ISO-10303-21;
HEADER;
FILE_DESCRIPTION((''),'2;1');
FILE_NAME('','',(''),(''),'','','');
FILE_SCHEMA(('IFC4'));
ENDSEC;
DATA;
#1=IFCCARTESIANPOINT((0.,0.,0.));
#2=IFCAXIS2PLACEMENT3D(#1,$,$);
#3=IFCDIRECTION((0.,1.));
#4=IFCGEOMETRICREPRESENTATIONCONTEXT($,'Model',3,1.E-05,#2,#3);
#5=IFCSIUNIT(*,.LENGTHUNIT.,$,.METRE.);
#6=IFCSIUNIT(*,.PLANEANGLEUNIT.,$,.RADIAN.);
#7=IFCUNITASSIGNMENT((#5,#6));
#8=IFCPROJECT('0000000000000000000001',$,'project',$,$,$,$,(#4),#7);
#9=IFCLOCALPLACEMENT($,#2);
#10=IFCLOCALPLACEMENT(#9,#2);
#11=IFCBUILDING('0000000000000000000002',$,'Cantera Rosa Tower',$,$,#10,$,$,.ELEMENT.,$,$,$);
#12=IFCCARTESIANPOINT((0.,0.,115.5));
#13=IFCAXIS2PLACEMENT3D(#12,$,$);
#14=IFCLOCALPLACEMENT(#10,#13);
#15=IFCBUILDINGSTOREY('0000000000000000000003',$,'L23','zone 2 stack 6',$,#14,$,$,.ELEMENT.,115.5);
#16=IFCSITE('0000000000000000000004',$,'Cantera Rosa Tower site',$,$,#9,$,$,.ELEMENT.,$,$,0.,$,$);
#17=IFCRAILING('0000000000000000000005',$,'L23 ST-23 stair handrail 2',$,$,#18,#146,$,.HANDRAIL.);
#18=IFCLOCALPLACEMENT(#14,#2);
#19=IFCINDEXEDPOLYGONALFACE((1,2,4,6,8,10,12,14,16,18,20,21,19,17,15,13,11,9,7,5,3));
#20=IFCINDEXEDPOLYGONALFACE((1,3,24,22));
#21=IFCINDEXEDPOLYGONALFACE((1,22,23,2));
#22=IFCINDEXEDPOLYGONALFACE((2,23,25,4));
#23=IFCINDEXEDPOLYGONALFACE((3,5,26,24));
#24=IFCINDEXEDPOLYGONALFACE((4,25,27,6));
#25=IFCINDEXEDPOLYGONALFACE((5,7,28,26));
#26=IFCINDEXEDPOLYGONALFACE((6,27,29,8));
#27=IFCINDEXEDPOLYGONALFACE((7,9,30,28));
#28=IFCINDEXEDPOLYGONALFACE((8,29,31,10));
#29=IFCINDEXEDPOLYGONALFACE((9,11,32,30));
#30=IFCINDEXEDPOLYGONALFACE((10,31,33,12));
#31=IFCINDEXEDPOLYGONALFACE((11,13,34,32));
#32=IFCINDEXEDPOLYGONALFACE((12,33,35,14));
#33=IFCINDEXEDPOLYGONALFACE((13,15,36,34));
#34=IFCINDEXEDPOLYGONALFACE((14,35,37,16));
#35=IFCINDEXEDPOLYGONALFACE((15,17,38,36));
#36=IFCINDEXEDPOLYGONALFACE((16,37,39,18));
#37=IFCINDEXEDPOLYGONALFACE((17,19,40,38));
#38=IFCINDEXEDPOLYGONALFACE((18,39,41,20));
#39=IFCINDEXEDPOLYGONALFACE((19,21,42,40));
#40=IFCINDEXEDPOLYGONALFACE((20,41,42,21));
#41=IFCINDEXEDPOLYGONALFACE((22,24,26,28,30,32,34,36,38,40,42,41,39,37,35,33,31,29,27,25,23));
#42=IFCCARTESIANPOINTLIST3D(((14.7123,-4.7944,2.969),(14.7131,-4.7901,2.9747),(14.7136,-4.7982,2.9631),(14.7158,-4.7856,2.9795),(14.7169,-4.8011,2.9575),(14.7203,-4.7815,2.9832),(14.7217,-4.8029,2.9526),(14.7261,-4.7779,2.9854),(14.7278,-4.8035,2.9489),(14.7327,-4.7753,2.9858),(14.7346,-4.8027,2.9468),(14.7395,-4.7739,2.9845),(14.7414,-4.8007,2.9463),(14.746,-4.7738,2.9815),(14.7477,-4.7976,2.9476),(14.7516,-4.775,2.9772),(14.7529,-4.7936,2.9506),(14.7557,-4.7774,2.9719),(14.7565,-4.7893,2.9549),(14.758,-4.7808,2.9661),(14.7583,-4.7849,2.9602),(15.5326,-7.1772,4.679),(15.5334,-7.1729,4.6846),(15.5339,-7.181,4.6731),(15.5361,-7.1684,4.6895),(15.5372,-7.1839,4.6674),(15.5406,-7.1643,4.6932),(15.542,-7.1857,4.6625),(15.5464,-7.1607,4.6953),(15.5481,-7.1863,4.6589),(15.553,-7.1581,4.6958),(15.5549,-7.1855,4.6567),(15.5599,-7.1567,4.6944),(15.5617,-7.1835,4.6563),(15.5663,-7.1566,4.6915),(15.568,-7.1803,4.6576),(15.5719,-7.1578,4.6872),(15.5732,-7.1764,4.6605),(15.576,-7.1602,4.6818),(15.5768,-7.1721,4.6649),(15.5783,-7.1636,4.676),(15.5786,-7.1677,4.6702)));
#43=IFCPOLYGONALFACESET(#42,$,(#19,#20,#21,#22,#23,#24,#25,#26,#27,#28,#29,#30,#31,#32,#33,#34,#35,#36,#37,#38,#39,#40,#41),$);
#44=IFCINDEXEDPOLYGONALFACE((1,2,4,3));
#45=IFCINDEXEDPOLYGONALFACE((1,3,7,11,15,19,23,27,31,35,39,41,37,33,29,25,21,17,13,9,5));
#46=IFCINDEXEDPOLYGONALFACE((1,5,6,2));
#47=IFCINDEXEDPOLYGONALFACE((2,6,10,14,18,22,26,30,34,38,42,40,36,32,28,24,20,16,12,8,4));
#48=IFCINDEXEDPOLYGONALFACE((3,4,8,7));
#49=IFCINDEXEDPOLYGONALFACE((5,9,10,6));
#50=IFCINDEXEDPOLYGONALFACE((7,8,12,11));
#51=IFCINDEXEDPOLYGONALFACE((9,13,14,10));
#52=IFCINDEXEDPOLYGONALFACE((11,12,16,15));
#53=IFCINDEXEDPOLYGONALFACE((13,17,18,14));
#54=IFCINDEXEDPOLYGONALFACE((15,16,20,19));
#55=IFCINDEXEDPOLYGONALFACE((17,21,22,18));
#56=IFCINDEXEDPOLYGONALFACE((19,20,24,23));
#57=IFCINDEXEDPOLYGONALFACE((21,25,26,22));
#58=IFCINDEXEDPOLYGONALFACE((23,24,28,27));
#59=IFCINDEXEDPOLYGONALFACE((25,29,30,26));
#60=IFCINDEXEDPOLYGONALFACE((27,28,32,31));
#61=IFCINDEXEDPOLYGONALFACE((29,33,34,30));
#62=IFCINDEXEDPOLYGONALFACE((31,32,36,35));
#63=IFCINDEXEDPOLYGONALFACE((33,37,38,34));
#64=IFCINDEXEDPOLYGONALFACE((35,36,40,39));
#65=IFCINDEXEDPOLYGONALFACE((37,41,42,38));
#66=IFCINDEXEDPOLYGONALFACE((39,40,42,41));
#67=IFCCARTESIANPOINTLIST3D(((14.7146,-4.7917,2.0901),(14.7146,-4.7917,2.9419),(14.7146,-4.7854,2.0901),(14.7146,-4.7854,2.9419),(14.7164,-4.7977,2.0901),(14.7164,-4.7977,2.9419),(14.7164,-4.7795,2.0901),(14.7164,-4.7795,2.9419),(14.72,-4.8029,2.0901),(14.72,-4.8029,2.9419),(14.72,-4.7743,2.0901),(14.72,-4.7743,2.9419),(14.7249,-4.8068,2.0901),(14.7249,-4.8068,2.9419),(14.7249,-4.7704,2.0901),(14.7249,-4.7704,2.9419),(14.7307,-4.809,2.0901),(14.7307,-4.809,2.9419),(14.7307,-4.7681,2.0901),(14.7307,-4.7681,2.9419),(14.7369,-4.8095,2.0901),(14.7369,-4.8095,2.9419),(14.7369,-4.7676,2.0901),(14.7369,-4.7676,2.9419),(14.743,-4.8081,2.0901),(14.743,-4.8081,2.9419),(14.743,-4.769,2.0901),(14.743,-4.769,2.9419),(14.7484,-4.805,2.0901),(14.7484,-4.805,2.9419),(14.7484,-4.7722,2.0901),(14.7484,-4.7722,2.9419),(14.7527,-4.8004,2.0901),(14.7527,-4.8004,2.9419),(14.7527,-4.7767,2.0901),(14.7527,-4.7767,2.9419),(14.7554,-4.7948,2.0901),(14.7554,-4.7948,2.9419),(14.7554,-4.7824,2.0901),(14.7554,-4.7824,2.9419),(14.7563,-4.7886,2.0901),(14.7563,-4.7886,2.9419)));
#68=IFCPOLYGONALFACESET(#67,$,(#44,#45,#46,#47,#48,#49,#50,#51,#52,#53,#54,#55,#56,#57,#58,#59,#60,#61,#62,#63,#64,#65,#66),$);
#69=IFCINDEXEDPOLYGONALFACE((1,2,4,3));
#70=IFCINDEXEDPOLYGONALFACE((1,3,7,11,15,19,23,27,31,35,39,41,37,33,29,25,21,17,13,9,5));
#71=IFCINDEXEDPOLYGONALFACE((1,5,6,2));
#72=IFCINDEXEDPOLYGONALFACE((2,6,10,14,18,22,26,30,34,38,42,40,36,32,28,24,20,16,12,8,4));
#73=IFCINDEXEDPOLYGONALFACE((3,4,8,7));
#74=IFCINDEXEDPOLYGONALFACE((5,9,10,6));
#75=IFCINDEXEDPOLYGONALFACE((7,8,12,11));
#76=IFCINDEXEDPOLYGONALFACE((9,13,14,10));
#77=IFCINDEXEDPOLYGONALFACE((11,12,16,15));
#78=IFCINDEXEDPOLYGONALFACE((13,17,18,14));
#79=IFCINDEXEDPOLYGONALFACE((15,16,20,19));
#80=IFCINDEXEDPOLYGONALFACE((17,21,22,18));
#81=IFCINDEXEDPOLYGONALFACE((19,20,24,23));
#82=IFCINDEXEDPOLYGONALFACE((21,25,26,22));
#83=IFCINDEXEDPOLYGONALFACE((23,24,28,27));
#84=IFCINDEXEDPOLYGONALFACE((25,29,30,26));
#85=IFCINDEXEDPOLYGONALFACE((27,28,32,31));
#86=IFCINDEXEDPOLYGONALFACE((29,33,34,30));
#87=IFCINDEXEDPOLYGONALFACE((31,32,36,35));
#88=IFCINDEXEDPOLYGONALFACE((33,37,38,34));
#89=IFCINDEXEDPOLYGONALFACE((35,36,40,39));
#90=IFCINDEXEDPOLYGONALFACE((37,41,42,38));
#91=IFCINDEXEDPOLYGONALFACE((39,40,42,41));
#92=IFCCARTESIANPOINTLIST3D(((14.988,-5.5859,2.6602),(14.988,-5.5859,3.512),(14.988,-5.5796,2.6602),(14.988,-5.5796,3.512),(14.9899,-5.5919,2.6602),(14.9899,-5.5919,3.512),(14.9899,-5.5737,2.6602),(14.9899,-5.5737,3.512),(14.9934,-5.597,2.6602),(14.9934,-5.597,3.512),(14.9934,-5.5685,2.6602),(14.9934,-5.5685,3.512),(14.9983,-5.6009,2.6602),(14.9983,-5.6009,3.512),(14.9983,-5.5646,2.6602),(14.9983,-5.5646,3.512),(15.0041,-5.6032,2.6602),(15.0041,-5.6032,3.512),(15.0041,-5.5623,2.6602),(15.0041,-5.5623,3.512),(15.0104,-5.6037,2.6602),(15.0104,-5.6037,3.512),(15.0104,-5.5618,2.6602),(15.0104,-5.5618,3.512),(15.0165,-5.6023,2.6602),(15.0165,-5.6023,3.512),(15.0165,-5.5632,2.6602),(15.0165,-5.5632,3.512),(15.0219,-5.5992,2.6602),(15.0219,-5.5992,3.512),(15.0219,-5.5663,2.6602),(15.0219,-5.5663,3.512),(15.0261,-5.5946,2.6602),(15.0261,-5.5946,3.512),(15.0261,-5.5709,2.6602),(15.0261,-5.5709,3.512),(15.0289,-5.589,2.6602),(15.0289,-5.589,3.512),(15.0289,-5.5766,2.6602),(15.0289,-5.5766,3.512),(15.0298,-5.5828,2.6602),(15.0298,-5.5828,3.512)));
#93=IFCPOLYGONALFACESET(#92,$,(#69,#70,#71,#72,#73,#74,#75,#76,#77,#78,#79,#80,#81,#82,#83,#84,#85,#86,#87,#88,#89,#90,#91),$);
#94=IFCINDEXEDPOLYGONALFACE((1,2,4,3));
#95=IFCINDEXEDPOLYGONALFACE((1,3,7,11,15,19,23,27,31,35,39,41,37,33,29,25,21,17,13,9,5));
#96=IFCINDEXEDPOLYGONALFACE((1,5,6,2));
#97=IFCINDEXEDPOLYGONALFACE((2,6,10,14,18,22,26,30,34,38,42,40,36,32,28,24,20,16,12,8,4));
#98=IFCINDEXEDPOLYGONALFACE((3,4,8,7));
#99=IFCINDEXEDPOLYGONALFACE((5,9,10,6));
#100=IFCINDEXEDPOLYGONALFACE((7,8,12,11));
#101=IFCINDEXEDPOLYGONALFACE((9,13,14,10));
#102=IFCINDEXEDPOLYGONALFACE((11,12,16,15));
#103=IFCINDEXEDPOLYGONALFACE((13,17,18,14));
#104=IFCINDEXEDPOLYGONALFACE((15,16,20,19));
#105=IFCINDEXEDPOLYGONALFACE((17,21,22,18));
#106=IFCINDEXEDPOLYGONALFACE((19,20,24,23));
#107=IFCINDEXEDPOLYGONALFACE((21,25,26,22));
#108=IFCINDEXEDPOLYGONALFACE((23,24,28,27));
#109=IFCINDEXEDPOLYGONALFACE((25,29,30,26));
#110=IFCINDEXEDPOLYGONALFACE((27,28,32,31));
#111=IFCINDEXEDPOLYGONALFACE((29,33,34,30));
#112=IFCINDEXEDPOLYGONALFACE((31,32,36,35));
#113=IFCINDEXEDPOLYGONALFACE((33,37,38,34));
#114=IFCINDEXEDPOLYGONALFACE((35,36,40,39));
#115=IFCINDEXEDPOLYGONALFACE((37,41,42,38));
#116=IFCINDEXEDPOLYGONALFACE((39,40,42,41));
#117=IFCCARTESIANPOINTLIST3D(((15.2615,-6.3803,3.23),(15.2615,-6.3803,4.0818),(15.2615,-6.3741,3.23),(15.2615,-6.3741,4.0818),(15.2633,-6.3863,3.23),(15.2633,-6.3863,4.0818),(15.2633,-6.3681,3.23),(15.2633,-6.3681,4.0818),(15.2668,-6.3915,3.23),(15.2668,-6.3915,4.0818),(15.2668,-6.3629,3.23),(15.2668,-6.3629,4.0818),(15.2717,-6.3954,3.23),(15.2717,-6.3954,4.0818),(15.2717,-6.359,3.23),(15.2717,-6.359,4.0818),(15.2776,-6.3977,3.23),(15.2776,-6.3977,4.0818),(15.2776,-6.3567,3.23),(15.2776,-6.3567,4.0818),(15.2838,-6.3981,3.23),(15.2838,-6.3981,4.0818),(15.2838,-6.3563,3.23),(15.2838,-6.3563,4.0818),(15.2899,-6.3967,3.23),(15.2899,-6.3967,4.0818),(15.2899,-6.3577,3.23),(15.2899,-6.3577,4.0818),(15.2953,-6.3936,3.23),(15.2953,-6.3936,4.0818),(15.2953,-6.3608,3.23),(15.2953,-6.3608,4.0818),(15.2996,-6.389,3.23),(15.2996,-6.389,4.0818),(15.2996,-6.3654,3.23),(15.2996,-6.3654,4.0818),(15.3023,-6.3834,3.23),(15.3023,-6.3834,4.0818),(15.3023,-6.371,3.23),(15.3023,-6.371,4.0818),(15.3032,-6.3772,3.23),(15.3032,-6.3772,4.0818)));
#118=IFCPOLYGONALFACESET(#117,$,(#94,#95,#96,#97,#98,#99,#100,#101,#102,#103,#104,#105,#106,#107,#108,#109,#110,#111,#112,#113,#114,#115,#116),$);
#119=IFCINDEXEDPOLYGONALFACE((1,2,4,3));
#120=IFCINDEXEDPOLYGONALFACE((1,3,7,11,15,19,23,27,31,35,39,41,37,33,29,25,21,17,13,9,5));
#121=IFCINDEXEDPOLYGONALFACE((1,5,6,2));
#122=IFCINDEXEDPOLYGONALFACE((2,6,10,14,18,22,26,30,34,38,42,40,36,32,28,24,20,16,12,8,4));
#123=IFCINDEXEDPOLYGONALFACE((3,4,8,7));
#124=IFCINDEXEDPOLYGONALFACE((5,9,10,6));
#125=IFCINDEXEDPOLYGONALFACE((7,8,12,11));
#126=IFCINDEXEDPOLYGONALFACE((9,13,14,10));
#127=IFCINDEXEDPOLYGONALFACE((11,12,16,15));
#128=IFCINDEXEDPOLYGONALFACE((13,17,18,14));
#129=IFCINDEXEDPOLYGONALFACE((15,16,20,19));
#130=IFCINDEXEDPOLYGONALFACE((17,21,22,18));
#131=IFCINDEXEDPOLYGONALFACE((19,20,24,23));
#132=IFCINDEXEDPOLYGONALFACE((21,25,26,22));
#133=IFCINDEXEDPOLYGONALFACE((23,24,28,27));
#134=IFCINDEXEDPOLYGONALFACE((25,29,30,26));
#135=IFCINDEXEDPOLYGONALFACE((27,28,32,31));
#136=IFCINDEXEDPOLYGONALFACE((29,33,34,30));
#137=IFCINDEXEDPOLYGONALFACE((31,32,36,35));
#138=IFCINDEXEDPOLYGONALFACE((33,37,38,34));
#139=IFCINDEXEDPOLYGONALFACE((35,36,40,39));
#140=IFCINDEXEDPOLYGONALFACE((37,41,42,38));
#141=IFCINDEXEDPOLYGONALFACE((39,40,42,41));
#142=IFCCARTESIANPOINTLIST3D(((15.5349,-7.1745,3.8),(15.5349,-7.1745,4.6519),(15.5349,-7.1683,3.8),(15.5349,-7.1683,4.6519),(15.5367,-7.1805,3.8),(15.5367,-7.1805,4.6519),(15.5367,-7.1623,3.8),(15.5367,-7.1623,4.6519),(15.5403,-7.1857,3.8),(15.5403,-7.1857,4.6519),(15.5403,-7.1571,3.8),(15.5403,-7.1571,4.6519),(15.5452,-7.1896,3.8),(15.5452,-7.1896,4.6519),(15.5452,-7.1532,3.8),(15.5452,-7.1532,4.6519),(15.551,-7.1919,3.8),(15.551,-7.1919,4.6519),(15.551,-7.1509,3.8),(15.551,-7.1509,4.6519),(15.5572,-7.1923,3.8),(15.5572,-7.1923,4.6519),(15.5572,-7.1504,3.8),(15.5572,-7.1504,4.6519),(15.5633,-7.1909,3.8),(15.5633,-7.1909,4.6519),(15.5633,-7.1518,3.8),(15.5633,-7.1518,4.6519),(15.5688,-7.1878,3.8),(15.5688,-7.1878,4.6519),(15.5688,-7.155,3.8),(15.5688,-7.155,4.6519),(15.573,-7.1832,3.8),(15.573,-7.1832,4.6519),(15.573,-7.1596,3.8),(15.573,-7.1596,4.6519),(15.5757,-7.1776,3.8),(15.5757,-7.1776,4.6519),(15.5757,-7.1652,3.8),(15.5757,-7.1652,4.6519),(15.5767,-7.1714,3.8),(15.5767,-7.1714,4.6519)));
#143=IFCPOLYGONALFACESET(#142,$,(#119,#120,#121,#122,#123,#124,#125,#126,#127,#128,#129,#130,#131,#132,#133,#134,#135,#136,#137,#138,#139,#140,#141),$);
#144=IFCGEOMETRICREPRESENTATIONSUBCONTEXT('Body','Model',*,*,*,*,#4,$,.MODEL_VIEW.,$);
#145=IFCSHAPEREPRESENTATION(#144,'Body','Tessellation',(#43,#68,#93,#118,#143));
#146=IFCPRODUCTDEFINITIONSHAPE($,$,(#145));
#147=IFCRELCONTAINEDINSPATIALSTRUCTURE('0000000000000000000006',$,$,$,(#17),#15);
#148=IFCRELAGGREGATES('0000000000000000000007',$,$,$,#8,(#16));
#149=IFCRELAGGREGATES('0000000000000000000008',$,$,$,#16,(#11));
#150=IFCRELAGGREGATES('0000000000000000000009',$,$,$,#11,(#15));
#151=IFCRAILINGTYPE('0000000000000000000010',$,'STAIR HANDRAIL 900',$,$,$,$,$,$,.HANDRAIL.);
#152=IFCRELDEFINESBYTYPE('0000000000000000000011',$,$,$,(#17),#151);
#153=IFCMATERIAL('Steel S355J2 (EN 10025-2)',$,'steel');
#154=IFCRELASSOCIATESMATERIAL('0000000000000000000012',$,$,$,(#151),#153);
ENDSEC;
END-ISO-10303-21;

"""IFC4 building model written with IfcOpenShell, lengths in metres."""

from ifc_helpers import new_model, si_unit, direction, frame, origin, origin_2d, place, context, subcontext, project, spatial, circle, extrude, material, type_object, element, save


model = new_model("IFC4")

# Units and contexts
model_context = context("Model", 3, precision=1e-05, world=origin(), true_north=direction((0.0, 1.0)))
body_context = subcontext(model_context, "Body", "Model", "MODEL_VIEW")
ifc_project = project(units=[si_unit("LENGTHUNIT", "METRE"), si_unit("PLANEANGLEUNIT", "RADIAN")], contexts=[model_context])

# Site, building, storey
site_placement = place(None, origin())
site = spatial("IfcSite", under=ifc_project, at=site_placement, Name="Cantera Rosa Tower site", CompositionType="ELEMENT", RefElevation=0.0)
building_placement = place(site_placement, origin())
building = spatial("IfcBuilding", under=site, at=building_placement, Name="Cantera Rosa Tower", CompositionType="ELEMENT")
storey_placement = place(building_placement, frame((0.0, 0.0, 115.5)))
storey = spatial("IfcBuildingStorey", under=building, at=storey_placement, Name="L23", Description="zone 2 stack 6", CompositionType="ELEMENT", Elevation=115.5)

# Railing
ifc_material_1 = material(Name="Steel S355J2 (EN 10025-2)", Category="steel")
railing_type_1 = type_object("IfcRailingType", Name="STAIR HANDRAIL 900", PredefinedType="HANDRAIL", material=ifc_material_1)
railing_1_placement = place(storey_placement, frame((14.7354, -4.7886, 2.0901)))
element("IfcRailing", 1, at=railing_1_placement, inside=storey, type_object=railing_type_1, Name="L23 ST-23 stair handrail 2", PredefinedType="HANDRAIL", context=body_context, shape_type="SweptSolid", body=[
    extrude(circle(Radius=0.0239, at=origin_2d()), frame((0.0, 0.0, 0.876), z_axis=(0.269358, -0.782421, 0.561483), x_axis=(0.945538, 0.325513, 0.0)), (0.0, 0.0, 1.0), 3.0454),
    extrude(circle(Radius=0.021, at=origin_2d()), origin(), (0.0, 0.0, 1.0), 0.8518),
    extrude(circle(Radius=0.021, at=origin_2d()), frame((0.2734, -0.7942, 0.5701)), (0.0, 0.0, 1.0), 0.8518),
    extrude(circle(Radius=0.021, at=origin_2d()), frame((0.5469, -1.5886, 1.1399)), (0.0, 0.0, 1.0), 0.8518),
    extrude(circle(Radius=0.021, at=origin_2d()), frame((0.8203, -2.3828, 1.71)), (0.0, 0.0, 1.0), 0.8518),
])

save(model, "model.ifc")
